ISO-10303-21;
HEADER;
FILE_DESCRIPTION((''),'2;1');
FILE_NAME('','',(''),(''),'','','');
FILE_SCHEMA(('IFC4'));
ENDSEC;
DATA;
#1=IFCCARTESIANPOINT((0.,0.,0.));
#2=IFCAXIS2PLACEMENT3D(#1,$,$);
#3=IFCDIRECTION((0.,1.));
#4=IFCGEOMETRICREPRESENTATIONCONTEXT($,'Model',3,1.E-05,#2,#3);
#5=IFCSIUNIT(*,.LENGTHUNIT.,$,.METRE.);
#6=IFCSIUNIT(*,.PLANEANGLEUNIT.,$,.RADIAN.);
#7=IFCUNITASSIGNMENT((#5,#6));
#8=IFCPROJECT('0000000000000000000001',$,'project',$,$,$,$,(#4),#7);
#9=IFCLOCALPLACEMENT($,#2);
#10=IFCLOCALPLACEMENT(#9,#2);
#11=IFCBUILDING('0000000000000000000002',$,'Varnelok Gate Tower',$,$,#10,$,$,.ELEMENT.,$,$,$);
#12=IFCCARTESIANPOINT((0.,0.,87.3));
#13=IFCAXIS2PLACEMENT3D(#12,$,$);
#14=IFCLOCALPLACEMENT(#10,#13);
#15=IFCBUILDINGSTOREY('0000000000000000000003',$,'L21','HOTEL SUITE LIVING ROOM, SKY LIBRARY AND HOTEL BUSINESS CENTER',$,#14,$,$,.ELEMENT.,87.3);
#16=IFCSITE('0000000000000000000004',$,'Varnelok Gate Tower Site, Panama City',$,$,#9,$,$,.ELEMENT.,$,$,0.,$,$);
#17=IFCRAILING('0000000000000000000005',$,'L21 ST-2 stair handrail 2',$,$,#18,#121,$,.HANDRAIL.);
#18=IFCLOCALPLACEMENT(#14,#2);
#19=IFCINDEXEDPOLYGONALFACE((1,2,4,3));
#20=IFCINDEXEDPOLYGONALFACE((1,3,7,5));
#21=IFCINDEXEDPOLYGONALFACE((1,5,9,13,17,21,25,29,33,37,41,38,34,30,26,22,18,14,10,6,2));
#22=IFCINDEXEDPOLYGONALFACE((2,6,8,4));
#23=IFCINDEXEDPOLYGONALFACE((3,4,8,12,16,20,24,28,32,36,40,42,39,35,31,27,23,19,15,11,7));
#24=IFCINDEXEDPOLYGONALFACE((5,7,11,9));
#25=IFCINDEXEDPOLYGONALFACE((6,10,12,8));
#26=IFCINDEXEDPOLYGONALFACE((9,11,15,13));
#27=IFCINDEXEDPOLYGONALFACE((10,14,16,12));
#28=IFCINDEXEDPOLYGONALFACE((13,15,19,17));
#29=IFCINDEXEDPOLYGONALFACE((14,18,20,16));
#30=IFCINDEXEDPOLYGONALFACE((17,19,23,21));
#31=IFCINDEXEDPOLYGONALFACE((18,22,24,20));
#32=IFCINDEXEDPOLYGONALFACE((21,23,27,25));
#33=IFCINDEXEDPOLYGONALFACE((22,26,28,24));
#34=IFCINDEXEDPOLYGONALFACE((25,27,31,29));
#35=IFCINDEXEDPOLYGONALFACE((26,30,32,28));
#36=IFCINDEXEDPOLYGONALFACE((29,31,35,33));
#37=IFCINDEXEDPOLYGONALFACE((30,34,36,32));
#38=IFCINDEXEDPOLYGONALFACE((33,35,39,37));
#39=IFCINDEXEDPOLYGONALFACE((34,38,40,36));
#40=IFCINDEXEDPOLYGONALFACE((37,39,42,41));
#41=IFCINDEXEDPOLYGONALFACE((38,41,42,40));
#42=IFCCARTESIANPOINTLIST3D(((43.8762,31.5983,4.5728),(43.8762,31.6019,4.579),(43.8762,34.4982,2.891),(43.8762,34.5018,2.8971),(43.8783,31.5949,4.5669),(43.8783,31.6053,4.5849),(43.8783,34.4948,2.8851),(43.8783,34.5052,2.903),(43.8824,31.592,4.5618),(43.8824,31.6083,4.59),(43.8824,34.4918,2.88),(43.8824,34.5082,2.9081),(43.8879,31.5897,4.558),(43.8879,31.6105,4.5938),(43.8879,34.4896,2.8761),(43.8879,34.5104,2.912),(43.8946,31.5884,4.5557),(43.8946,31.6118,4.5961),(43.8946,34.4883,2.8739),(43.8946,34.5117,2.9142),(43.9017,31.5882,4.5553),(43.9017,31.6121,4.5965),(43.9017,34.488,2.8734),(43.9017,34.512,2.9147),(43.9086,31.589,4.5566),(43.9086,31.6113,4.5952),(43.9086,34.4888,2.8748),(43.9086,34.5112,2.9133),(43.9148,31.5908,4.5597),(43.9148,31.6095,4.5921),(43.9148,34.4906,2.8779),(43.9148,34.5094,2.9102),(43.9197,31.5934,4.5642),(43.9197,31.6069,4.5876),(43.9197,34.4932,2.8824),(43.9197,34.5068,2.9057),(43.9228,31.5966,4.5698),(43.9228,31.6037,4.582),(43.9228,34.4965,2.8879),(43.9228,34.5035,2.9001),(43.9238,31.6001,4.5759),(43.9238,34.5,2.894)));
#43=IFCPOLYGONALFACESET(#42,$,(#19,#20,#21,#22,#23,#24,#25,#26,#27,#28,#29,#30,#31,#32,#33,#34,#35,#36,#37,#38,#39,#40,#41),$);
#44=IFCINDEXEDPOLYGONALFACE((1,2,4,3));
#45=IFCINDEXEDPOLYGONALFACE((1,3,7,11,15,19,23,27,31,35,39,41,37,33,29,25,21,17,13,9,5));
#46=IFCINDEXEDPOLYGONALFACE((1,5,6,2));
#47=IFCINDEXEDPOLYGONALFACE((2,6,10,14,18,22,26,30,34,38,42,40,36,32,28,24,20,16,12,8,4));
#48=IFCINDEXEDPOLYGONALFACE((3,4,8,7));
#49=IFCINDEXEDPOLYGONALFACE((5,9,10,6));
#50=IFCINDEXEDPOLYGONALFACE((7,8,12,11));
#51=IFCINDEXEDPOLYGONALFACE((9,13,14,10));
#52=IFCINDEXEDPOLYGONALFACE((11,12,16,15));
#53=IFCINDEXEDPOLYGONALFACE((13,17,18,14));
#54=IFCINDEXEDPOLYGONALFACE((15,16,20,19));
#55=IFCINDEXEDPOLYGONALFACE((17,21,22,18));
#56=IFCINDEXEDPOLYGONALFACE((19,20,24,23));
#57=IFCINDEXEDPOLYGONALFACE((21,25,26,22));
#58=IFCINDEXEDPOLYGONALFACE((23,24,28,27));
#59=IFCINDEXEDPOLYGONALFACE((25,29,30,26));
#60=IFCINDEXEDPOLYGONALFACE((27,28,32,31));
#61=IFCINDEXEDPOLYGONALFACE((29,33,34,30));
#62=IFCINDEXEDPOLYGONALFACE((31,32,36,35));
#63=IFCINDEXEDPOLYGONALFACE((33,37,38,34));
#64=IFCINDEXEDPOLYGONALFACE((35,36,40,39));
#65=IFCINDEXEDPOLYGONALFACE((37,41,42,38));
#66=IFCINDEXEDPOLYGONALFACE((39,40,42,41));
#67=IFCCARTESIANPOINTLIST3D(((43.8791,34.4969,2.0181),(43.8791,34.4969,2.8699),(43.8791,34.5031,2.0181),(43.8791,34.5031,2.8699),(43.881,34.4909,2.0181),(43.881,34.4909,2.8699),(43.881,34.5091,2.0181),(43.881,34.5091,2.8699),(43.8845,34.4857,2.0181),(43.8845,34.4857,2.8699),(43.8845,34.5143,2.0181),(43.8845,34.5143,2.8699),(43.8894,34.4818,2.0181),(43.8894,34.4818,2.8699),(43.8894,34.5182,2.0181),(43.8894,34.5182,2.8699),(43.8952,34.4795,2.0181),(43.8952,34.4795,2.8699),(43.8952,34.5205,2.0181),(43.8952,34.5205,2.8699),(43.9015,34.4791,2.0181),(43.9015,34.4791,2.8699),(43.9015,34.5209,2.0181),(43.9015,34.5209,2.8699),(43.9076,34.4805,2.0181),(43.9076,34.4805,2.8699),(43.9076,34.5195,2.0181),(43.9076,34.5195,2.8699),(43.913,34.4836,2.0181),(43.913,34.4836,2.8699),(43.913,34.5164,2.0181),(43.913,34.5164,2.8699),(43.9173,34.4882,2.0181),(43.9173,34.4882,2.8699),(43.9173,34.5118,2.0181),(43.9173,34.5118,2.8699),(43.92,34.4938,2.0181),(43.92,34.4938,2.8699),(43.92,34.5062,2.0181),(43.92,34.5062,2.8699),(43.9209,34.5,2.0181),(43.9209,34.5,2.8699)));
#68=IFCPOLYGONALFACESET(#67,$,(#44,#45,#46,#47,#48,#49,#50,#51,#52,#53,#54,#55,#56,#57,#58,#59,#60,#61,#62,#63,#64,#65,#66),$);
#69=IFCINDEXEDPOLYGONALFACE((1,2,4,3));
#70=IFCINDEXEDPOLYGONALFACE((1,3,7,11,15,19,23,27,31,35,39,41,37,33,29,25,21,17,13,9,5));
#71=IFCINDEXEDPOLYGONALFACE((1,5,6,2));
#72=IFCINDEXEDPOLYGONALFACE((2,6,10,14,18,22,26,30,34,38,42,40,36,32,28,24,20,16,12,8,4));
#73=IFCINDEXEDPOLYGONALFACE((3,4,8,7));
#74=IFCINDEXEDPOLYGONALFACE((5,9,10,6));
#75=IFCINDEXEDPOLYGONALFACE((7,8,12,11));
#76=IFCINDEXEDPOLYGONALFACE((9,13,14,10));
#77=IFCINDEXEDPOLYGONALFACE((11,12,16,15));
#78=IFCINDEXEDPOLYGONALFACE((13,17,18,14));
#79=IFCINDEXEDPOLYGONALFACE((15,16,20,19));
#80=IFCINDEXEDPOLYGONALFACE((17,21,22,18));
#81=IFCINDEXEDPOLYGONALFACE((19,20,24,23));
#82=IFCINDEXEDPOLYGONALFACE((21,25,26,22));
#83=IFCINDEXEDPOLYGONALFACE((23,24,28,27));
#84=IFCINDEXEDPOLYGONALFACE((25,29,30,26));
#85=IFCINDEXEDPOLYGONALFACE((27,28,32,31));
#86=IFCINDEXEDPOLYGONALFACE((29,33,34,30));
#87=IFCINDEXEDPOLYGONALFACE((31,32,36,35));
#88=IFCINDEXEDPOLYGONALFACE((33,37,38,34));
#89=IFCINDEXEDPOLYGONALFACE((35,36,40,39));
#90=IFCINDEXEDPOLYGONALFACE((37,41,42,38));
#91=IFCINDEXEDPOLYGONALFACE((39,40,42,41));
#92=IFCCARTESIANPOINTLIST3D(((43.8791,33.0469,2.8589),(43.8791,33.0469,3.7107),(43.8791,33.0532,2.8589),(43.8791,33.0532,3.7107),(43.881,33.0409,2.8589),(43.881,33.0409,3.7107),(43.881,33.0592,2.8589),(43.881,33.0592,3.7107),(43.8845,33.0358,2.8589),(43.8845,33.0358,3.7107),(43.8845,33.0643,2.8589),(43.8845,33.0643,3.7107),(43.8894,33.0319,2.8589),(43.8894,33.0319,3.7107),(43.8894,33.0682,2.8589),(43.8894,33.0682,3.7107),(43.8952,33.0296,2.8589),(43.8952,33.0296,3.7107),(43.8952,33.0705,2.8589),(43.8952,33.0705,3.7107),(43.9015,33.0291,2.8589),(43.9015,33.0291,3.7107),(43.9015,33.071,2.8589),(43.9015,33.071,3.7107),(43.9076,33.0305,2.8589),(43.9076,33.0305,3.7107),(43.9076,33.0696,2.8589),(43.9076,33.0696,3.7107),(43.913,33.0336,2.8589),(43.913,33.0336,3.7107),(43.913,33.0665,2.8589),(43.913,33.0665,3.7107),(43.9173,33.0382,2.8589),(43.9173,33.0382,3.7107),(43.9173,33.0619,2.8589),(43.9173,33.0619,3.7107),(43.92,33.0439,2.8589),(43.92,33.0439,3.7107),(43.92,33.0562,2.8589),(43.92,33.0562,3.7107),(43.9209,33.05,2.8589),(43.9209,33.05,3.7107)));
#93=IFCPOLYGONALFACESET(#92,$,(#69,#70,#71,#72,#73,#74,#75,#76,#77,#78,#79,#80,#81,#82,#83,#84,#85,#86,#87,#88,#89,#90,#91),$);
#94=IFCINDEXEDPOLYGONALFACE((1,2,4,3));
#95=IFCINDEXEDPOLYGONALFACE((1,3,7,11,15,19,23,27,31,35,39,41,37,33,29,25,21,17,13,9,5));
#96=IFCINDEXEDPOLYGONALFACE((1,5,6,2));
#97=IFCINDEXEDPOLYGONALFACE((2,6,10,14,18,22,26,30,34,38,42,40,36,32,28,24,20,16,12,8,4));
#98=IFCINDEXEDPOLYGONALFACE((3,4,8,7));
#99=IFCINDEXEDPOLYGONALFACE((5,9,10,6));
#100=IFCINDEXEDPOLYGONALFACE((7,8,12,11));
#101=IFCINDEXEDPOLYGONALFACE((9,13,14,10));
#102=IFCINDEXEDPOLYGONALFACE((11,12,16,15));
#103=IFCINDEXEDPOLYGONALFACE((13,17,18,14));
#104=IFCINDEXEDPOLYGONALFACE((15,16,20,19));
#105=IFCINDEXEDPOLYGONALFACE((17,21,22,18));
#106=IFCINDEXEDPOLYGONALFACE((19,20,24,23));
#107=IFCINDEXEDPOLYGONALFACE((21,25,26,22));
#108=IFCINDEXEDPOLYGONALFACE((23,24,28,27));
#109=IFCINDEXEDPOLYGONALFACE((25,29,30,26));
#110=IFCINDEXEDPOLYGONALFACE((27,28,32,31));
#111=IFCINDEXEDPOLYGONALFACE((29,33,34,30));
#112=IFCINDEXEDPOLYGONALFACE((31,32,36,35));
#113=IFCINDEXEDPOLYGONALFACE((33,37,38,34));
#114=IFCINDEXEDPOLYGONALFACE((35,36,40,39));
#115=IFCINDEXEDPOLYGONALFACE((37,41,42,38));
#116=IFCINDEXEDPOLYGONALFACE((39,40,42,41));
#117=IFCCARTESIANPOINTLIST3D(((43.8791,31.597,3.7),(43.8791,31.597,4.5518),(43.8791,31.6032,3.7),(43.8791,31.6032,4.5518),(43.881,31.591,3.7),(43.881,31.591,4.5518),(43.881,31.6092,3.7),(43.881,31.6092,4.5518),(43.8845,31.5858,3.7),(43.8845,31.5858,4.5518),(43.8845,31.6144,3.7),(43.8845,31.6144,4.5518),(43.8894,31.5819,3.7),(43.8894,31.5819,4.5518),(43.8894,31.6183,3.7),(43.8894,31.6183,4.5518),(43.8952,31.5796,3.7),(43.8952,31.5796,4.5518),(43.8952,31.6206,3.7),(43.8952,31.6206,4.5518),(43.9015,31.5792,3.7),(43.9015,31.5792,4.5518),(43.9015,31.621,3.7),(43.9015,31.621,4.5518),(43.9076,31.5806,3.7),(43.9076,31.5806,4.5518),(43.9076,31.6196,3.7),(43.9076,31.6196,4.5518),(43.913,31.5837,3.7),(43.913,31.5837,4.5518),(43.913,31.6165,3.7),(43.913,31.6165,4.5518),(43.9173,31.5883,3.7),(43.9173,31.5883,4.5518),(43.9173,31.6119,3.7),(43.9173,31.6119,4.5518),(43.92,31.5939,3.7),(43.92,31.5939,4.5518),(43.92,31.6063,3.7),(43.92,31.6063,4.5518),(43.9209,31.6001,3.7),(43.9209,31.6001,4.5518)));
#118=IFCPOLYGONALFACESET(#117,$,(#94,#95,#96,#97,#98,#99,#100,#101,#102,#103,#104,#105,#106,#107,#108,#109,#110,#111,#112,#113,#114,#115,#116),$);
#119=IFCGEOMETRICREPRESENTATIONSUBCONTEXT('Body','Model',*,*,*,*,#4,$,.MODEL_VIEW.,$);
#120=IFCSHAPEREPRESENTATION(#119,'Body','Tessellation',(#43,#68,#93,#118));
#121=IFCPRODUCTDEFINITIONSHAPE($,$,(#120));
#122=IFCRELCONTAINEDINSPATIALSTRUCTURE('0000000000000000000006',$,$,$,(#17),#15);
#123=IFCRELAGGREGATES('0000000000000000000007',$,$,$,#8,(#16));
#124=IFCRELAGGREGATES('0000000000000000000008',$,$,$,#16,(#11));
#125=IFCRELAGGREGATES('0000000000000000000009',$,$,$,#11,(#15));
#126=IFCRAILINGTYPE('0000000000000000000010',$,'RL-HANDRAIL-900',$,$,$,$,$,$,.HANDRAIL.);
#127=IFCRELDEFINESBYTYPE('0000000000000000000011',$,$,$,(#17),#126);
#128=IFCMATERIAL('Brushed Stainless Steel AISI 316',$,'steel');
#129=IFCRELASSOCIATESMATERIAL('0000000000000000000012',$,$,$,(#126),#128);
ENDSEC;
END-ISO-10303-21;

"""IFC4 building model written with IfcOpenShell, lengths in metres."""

from ifc_helpers import new_model, si_unit, direction, frame, origin, origin_2d, place, context, subcontext, project, spatial, circle, extrude, material, type_object, element, save


model = new_model("IFC4")

# Units and contexts
model_context = context("Model", 3, precision=1e-05, world=origin(), true_north=direction((0.0, 1.0)))
body_context = subcontext(model_context, "Body", "Model", "MODEL_VIEW")
ifc_project = project(units=[si_unit("LENGTHUNIT", "METRE"), si_unit("PLANEANGLEUNIT", "RADIAN")], contexts=[model_context])

# Site, building, storey
site_placement = place(None, origin())
site = spatial("IfcSite", under=ifc_project, at=site_placement, Name="Varnelok Gate Tower Site, Panama City", CompositionType="ELEMENT", RefElevation=0.0)
building_placement = place(site_placement, origin())
building = spatial("IfcBuilding", under=site, at=building_placement, Name="Varnelok Gate Tower", CompositionType="ELEMENT")
storey_placement = place(building_placement, frame((0.0, 0.0, 87.3)))
storey = spatial("IfcBuildingStorey", under=building, at=storey_placement, Name="L21", Description="HOTEL SUITE LIVING ROOM, SKY LIBRARY AND HOTEL BUSINESS CENTER", CompositionType="ELEMENT", Elevation=87.3)

# Railing
ifc_material_1 = material(Name="Brushed Stainless Steel AISI 316", Category="steel")
railing_type_1 = type_object("IfcRailingType", Name="RL-HANDRAIL-900", PredefinedType="HANDRAIL", material=ifc_material_1)
railing_1_placement = place(storey_placement, frame((43.8999, 34.5, 2.0181)))
element("IfcRailing", 1, at=railing_1_placement, inside=storey, type_object=railing_type_1, Name="L21 ST-2 stair handrail 2", PredefinedType="HANDRAIL", context=body_context, shape_type="SweptSolid", body=[
    extrude(circle(Radius=0.0239, at=origin_2d()), frame((0.0, 0.0, 0.876), z_axis=(0.0, -0.865039, 0.501705), x_axis=(1.0, 0.0, 0.0)), (0.0, 0.0, 1.0), 3.3523),
    extrude(circle(Radius=0.021, at=origin_2d()), origin(), (0.0, 0.0, 1.0), 0.8518),
    extrude(circle(Radius=0.021, at=origin_2d()), frame((0.0, -1.45, 0.8408)), (0.0, 0.0, 1.0), 0.8518),
    extrude(circle(Radius=0.021, at=origin_2d()), frame((0.0, -2.8999, 1.6819)), (0.0, 0.0, 1.0), 0.8518),
])

save(model, "model.ifc")
